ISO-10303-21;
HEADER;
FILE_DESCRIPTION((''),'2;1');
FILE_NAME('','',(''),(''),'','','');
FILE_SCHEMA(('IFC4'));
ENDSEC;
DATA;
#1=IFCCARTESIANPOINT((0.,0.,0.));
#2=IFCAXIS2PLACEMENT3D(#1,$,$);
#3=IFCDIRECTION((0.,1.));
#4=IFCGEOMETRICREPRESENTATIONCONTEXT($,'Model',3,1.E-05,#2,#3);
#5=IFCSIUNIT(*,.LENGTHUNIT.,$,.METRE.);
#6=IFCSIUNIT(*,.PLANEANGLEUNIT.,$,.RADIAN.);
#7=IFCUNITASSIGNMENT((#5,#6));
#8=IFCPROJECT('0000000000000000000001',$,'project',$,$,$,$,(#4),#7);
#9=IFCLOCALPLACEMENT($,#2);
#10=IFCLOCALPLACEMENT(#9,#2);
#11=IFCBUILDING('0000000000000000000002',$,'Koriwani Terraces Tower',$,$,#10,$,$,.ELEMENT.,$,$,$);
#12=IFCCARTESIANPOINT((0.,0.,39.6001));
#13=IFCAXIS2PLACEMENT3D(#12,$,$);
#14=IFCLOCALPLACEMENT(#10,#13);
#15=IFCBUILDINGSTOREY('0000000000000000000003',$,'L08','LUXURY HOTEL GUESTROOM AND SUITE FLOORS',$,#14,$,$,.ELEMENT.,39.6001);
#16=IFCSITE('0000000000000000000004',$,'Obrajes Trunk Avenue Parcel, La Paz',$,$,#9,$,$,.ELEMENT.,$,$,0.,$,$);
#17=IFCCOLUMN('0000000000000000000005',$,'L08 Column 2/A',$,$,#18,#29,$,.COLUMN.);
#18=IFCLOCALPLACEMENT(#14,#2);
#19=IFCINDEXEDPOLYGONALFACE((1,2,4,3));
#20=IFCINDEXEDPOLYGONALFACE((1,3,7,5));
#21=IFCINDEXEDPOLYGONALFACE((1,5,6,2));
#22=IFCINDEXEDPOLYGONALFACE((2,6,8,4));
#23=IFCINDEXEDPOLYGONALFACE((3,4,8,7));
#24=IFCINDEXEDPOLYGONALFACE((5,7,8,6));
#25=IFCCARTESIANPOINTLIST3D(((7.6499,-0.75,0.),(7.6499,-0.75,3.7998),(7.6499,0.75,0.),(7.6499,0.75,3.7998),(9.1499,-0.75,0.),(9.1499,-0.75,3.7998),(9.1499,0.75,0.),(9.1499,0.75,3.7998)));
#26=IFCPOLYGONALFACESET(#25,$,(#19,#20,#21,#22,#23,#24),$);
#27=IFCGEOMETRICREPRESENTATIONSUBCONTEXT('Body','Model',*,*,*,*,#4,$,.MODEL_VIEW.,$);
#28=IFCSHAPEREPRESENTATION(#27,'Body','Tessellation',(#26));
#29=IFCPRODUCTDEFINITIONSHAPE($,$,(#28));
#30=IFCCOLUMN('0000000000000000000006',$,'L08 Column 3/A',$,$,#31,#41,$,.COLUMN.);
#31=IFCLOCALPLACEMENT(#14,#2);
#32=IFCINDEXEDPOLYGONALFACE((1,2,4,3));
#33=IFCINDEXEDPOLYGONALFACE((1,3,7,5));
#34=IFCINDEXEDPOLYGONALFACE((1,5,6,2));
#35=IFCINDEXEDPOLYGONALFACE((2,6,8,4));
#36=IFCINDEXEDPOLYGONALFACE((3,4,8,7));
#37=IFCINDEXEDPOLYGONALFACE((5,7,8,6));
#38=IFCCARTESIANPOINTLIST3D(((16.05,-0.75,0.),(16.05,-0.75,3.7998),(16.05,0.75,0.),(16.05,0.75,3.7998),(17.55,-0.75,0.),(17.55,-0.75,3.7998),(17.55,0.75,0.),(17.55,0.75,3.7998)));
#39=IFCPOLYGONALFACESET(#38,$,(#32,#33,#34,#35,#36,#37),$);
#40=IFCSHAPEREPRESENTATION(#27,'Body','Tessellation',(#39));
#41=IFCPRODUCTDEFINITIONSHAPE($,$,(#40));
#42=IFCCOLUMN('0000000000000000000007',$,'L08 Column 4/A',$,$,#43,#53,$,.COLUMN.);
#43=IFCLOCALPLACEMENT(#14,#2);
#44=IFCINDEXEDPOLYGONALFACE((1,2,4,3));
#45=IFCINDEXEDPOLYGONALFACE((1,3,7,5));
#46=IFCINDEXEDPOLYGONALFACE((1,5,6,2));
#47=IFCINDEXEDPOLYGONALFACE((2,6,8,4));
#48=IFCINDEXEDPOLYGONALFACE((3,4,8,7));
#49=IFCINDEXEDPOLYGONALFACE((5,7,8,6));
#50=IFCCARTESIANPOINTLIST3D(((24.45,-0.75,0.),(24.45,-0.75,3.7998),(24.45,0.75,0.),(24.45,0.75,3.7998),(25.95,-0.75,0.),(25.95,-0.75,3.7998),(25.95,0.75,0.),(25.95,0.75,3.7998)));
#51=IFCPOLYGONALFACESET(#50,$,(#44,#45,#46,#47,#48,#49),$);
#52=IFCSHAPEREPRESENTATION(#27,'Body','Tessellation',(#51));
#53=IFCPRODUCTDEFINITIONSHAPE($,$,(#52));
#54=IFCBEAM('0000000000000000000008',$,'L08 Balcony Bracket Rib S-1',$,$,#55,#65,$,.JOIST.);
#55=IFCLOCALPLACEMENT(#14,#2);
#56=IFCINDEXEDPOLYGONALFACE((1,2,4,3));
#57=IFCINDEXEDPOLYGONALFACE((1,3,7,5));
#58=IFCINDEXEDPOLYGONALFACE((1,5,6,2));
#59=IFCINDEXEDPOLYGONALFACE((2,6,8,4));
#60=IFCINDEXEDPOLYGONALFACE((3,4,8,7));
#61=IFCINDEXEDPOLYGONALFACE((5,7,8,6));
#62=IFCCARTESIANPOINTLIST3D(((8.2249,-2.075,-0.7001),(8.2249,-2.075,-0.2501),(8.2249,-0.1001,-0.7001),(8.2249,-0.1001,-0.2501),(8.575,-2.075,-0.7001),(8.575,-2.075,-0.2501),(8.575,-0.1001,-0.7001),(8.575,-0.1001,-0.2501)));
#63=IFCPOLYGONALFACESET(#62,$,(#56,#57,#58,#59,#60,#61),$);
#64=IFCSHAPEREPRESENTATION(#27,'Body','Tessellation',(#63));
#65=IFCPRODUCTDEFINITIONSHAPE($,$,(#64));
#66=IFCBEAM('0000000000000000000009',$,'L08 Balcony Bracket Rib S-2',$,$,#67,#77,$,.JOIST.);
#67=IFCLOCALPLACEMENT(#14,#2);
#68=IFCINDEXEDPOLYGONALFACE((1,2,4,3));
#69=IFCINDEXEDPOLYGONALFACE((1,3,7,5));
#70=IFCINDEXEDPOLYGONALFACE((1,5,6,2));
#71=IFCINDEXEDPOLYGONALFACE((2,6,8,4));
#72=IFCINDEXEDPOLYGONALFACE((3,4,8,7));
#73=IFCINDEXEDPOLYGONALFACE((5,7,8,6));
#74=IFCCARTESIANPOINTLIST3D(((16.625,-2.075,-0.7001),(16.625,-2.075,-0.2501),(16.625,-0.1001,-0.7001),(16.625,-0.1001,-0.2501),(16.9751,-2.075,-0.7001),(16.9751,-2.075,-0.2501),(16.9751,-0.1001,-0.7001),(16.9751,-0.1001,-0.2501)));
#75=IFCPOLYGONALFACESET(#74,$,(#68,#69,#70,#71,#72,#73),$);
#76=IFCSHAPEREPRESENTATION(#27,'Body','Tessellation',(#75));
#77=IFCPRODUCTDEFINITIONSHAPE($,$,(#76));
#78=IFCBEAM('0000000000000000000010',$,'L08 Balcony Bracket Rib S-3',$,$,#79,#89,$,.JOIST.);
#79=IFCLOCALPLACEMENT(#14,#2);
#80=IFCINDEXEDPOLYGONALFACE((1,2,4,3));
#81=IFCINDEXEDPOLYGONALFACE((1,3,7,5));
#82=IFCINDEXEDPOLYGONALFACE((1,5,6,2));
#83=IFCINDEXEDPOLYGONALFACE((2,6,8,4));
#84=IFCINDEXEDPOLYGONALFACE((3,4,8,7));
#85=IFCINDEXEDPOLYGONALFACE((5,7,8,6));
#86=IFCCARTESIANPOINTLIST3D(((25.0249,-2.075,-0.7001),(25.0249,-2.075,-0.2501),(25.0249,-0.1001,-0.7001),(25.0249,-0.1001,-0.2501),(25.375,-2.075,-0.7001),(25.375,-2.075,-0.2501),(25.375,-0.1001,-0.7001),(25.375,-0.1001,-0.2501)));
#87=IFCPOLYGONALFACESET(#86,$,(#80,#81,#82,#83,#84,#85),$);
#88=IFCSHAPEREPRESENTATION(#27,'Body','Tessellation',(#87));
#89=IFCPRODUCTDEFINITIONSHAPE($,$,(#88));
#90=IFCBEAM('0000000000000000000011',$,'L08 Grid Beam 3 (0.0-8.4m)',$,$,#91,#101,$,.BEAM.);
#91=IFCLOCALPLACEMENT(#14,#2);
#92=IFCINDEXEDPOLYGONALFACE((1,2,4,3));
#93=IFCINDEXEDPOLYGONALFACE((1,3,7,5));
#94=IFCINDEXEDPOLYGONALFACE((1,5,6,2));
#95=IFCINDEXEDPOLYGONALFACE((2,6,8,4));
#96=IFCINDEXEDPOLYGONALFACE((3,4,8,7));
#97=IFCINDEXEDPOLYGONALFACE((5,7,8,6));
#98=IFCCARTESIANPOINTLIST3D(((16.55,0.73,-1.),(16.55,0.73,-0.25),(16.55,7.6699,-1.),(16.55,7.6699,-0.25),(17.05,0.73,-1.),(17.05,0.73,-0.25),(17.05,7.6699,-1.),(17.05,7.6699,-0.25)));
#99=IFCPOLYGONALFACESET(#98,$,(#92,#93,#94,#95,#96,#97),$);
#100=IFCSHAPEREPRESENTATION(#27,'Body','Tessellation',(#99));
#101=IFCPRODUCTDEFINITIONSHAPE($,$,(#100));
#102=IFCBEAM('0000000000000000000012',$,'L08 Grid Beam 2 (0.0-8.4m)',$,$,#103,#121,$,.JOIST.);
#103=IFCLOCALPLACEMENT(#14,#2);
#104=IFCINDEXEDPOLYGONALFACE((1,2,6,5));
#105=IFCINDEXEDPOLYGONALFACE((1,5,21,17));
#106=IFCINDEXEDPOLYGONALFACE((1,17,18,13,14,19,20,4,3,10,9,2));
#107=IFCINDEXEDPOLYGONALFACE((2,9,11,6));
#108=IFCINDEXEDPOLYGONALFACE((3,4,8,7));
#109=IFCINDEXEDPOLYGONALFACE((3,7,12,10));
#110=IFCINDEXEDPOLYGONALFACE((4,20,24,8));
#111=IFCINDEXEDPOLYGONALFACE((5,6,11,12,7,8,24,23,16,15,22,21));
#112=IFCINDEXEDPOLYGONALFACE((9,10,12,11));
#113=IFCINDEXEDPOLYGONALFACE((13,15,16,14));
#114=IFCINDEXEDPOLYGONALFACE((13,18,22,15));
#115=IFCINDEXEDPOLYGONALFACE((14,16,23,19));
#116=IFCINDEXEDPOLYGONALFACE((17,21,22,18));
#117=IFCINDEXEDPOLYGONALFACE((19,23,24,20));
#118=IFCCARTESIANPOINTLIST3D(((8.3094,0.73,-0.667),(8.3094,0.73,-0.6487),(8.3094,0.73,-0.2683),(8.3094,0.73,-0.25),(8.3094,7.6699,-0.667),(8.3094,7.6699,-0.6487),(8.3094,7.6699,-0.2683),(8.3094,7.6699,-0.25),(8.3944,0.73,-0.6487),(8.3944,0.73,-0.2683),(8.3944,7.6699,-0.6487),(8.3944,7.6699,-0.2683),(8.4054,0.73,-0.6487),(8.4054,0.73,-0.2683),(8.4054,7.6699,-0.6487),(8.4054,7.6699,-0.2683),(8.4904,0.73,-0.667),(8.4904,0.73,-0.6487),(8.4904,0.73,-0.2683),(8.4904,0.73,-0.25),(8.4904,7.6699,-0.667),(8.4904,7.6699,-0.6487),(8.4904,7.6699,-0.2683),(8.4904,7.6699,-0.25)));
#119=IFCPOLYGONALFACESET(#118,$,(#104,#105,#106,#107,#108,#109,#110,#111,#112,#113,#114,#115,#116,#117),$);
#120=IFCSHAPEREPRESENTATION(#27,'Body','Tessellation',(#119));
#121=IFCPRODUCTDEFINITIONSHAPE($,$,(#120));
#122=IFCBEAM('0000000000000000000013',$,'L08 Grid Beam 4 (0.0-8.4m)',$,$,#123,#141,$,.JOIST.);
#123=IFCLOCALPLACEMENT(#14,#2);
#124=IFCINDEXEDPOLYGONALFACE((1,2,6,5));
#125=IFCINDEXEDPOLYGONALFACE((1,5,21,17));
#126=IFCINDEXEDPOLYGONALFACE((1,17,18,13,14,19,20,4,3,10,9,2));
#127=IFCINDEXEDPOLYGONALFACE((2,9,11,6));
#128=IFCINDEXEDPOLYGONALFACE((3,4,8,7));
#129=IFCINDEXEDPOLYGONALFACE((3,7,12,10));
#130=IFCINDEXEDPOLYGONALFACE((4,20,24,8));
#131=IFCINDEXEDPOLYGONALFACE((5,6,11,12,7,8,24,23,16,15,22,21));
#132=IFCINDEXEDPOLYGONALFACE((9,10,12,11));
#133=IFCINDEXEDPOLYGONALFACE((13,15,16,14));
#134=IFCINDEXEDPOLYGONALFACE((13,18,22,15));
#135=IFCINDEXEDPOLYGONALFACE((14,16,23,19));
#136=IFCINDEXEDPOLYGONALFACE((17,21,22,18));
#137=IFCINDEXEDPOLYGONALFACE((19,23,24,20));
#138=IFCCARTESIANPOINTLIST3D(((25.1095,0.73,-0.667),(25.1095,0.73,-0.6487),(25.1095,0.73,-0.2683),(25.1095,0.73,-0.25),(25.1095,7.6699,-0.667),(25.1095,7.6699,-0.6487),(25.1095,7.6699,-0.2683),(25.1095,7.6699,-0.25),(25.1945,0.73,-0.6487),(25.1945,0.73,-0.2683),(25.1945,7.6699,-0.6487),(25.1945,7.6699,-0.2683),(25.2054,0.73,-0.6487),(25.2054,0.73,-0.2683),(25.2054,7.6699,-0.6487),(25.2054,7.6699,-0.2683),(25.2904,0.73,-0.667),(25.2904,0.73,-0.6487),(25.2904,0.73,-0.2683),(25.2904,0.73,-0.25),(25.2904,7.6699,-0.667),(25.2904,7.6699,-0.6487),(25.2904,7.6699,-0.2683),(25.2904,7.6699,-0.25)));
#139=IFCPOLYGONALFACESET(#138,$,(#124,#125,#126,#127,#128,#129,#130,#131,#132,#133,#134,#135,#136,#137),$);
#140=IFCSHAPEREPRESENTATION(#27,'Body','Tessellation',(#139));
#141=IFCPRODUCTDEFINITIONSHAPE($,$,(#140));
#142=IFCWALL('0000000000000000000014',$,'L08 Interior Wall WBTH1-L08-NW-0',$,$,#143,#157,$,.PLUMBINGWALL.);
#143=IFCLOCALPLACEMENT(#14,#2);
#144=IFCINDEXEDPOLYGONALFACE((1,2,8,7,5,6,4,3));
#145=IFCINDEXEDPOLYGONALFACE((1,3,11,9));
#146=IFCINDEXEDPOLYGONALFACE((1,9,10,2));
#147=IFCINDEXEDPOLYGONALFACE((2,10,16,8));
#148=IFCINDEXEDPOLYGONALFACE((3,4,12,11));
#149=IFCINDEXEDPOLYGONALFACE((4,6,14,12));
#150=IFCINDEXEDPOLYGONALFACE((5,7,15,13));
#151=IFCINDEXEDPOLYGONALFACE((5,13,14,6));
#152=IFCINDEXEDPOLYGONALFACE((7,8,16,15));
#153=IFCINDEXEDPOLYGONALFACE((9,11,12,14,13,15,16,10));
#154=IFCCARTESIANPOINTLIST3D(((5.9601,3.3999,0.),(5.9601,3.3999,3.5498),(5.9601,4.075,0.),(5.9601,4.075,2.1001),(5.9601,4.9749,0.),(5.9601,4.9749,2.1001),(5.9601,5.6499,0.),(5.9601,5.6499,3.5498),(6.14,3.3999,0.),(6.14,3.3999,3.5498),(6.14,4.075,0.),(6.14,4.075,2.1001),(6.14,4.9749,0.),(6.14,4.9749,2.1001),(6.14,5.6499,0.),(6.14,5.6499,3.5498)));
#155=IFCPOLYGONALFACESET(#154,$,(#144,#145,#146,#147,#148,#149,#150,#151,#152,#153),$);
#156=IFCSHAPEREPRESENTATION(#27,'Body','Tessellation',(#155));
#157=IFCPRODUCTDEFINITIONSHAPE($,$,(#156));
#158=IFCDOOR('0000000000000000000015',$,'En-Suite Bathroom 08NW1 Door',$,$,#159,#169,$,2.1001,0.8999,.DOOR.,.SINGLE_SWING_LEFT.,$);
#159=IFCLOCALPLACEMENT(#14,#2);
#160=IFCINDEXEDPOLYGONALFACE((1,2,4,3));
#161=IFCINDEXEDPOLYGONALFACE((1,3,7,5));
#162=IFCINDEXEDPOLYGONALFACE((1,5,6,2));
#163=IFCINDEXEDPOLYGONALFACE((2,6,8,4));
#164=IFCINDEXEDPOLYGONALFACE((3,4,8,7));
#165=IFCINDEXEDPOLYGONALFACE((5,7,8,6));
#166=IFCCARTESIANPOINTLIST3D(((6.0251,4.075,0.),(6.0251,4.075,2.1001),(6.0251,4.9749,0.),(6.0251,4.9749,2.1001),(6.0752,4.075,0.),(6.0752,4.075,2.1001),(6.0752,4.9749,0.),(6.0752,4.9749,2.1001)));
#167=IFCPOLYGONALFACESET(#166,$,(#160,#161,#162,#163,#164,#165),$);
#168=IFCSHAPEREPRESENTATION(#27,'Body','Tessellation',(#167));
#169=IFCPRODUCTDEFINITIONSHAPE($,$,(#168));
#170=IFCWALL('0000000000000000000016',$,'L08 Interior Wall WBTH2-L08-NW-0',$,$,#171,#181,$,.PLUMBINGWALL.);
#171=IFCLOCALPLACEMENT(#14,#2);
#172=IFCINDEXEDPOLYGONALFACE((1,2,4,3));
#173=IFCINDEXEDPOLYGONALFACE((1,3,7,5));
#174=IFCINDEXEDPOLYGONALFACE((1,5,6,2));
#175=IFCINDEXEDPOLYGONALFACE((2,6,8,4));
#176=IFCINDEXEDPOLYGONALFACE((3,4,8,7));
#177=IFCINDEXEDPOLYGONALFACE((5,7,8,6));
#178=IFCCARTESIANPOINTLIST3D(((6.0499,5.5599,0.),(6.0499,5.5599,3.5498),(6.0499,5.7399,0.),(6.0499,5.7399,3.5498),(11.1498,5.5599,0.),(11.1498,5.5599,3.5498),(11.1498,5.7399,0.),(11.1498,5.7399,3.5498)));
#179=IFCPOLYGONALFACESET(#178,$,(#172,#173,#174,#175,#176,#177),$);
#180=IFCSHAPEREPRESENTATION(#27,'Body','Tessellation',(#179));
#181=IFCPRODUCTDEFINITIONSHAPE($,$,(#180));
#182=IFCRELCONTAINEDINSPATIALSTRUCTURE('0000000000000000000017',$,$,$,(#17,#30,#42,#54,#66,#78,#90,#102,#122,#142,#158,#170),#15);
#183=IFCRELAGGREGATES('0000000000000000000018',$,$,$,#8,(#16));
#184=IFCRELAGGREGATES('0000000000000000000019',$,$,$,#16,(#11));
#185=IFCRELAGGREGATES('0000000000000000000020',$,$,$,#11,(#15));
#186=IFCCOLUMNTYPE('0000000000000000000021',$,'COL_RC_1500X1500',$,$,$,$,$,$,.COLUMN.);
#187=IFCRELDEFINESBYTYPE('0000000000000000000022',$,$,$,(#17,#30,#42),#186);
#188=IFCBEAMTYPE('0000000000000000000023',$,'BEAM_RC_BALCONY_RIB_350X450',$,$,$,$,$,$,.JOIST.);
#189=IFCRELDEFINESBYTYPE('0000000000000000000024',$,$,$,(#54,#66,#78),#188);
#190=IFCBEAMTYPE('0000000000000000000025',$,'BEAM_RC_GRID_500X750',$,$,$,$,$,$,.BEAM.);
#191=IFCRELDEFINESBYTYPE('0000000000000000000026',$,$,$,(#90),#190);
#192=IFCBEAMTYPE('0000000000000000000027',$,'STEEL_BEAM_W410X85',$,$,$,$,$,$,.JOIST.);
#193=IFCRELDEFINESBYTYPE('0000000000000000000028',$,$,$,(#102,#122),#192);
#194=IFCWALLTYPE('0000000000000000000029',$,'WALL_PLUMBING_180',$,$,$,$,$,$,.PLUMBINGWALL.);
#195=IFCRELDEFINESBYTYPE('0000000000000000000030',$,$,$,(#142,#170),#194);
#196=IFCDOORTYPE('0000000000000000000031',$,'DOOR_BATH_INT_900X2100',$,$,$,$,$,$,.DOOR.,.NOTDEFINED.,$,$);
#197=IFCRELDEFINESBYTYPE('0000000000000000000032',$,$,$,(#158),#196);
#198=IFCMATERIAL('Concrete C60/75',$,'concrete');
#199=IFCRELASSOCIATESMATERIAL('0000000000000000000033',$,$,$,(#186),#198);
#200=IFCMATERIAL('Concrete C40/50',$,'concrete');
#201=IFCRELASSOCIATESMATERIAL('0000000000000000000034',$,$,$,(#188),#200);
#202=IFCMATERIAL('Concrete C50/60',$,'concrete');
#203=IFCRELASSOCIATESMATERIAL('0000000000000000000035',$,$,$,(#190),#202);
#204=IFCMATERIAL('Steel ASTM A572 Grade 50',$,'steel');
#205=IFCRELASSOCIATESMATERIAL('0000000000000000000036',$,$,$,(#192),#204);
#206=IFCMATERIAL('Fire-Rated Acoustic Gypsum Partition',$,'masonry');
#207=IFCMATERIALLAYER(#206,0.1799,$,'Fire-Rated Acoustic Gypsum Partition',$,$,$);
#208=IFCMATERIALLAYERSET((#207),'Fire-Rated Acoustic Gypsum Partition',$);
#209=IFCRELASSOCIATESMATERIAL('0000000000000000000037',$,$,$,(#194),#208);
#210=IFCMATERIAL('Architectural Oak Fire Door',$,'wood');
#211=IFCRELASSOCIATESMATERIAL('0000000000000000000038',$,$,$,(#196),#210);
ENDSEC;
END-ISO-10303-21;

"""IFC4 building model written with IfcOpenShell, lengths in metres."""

from ifc_helpers import new_model, si_unit, direction, frame, frame_2d, origin, origin_2d, place, context, subcontext, project, spatial, rectangle, i_section, extrude, material, layer, layer_set, material_profile, profile_set, type_object, element, fill, save


model = new_model("IFC4")

# Units and contexts
model_context = context("Model", 3, precision=1e-05, world=origin(), true_north=direction((0.0, 1.0)))
body_context = subcontext(model_context, "Body", "Model", "MODEL_VIEW")
ifc_project = project(units=[si_unit("LENGTHUNIT", "METRE"), si_unit("PLANEANGLEUNIT", "RADIAN")], contexts=[model_context])

# Site, building, storey
site_placement = place(None, origin())
site = spatial("IfcSite", under=ifc_project, at=site_placement, Name="Obrajes Trunk Avenue Parcel, La Paz", CompositionType="ELEMENT", RefElevation=0.0)
building_placement = place(site_placement, origin())
building = spatial("IfcBuilding", under=site, at=building_placement, Name="Koriwani Terraces Tower", CompositionType="ELEMENT")
storey_placement = place(building_placement, frame((0.0, 0.0, 39.6001)))
storey = spatial("IfcBuildingStorey", under=building, at=storey_placement, Name="L08", Description="LUXURY HOTEL GUESTROOM AND SUITE FLOORS", CompositionType="ELEMENT", Elevation=39.6001)

# Columns
ifc_material_1 = material(Name="Concrete C60/75", Category="concrete")
ifc_material_profile_1 = material_profile(ifc_material_1, rectangle(XDim=1.5, YDim=1.5, at=origin_2d()), Name="Concrete C60/75", Category="LoadBearing")
ifc_profile_set_1 = profile_set([ifc_material_profile_1], Name="Concrete C60/75")
column_type = type_object("IfcColumnType", Name="COL_RC_1500X1500", PredefinedType="COLUMN", material=ifc_profile_set_1)
for number, where, z_axis, x_axis, name in (
    (1, (8.3999, 0.0, 0.0), (0.0, 0.0, 1.0), (1.0, 0.0, 0.0), "L08 Column 2/A"),
    (2, (16.8, 0.0, 0.0), (0.0, 0.0, 1.0), (1.0, 0.0, 0.0), "L08 Column 3/A"),
    (3, (25.2, 0.0, 0.0), (0.0, 0.0, 1.0), (1.0, 0.0, 0.0), "L08 Column 4/A"),
):
    element("IfcColumn", number, at=place(storey_placement, frame(where, z_axis=z_axis, x_axis=x_axis)), inside=storey, type_object=column_type, Name=name, PredefinedType="COLUMN", context=body_context, shape_type="SweptSolid", body=[
        extrude(rectangle(XDim=1.5, YDim=1.5, at=origin_2d()), origin(), (0.0, 0.0, 1.0), 3.7998),
    ])

# Beams
ifc_material_2 = material(Name="Concrete C40/50", Category="concrete")
ifc_material_profile_2 = material_profile(ifc_material_2, rectangle(XDim=0.3501, YDim=0.45, at=origin_2d()), Name="Concrete C40/50", Category="LoadBearing")
ifc_profile_set_2 = profile_set([ifc_material_profile_2], Name="Concrete C40/50")
beam_type_1 = type_object("IfcBeamType", Name="BEAM_RC_BALCONY_RIB_350X450", PredefinedType="JOIST", material=ifc_profile_set_2)
for number, where, z_axis, x_axis, name in (
    (4, (8.3999, -2.075, -0.4751), (0.0, 1.0, 0.0), (-1.0, 0.0, 0.0), "L08 Balcony Bracket Rib S-1"),
    (5, (16.8, -2.075, -0.4751), (0.0, 1.0, 0.0), (-1.0, 0.0, 0.0), "L08 Balcony Bracket Rib S-2"),
    (6, (25.2, -2.075, -0.4751), (0.0, 1.0, 0.0), (-1.0, 0.0, 0.0), "L08 Balcony Bracket Rib S-3"),
):
    element("IfcBeam", number, at=place(storey_placement, frame(where, z_axis=z_axis, x_axis=x_axis)), inside=storey, type_object=beam_type_1, Name=name, PredefinedType="JOIST", context=body_context, shape_type="SweptSolid", body=[
        extrude(rectangle(XDim=0.3501, YDim=0.45, at=origin_2d()), origin(), (0.0, 0.0, 1.0), 1.9749),
    ])
ifc_material_3 = material(Name="Concrete C50/60", Category="concrete")
ifc_material_profile_3 = material_profile(ifc_material_3, rectangle(XDim=0.5, YDim=0.75, at=origin_2d()), Name="Concrete C50/60", Category="LoadBearing")
ifc_profile_set_3 = profile_set([ifc_material_profile_3], Name="Concrete C50/60")
beam_type_2 = type_object("IfcBeamType", Name="BEAM_RC_GRID_500X750", PredefinedType="BEAM", material=ifc_profile_set_3)
beam_placement = place(storey_placement, frame((16.8, 0.73, -0.625), z_axis=(0.0, 1.0, 0.0), x_axis=(-1.0, 0.0, 0.0)))
element("IfcBeam", 7, at=beam_placement, inside=storey, type_object=beam_type_2, Name="L08 Grid Beam 3 (0.0-8.4m)", PredefinedType="BEAM", context=body_context, shape_type="SweptSolid", body=[
    extrude(rectangle(XDim=0.5, YDim=0.75, at=origin_2d()), origin(), (0.0, 0.0, 1.0), 6.9399),
])
ifc_material_4 = material(Name="Steel ASTM A572 Grade 50", Category="steel")
ifc_material_profile_4 = material_profile(ifc_material_4, i_section(OverallWidth=0.1809, OverallDepth=0.417, WebThickness=0.011, FlangeThickness=0.0183, at=origin_2d()), Name="Steel ASTM A572 Grade 50", Category="LoadBearing")
ifc_profile_set_4 = profile_set([ifc_material_profile_4], Name="Steel ASTM A572 Grade 50")
beam_type_3 = type_object("IfcBeamType", Name="STEEL_BEAM_W410X85", PredefinedType="JOIST", material=ifc_profile_set_4)
for number, where, z_axis, x_axis, name in (
    (8, (8.3999, 0.73, -0.4585), (0.0, 1.0, 0.0), (-1.0, 0.0, 0.0), "L08 Grid Beam 2 (0.0-8.4m)"),
    (9, (25.2, 0.73, -0.4585), (0.0, 1.0, 0.0), (-1.0, 0.0, 0.0), "L08 Grid Beam 4 (0.0-8.4m)"),
):
    element("IfcBeam", number, at=place(storey_placement, frame(where, z_axis=z_axis, x_axis=x_axis)), inside=storey, type_object=beam_type_3, Name=name, PredefinedType="JOIST", context=body_context, shape_type="SweptSolid", body=[
        extrude(i_section(OverallWidth=0.1809, OverallDepth=0.417, WebThickness=0.011, FlangeThickness=0.0183, at=origin_2d()), origin(), (0.0, 0.0, 1.0), 6.9399),
    ])

# Shared definitions
ifc_material_5 = material(Name="Architectural Oak Fire Door", Category="wood")

# Wall, opening, door
ifc_material_6 = material(Name="Fire-Rated Acoustic Gypsum Partition", Category="masonry")
ifc_layer_1 = layer(ifc_material_6, 0.1799, Name="Fire-Rated Acoustic Gypsum Partition")
ifc_layer_set_1 = layer_set([ifc_layer_1], Name="Fire-Rated Acoustic Gypsum Partition")
wall_type_1 = type_object("IfcWallType", Name="WALL_PLUMBING_180", PredefinedType="PLUMBINGWALL", material=ifc_layer_set_1)
wall_1_placement = place(storey_placement, frame((6.05, 3.3999, 0.0), z_axis=(0.0, 0.0, 1.0), x_axis=(0.0, 1.0, 0.0)))
wall_1 = element("IfcWall", 10, at=wall_1_placement, inside=storey, type_object=wall_type_1, Name="L08 Interior Wall WBTH1-L08-NW-0", PredefinedType="PLUMBINGWALL", context=body_context, shape_type="SweptSolid", body=[
    extrude(rectangle(XDim=2.25, YDim=0.1799, at=frame_2d((1.125, 0.0))), origin(), (0.0, 0.0, 1.0), 3.5498),
])
opening_1_placement = place(wall_1_placement, frame((0.675, 0.0, 0.0)))
opening_1 = element("IfcOpeningElement", 11, at=opening_1_placement, cuts=wall_1, PredefinedType="OPENING", context=body_context, shape_type="SweptSolid", body=[
    extrude(rectangle(XDim=0.8999, YDim=2.1001, at=frame_2d((0.45, 1.05))), frame((0.0, 0.1001, 0.0), z_axis=(0.0, -1.0, 0.0), x_axis=(1.0, 0.0, 0.0)), (0.0, 0.0, 1.0), 0.2),
])
door_type_1 = type_object("IfcDoorType", Name="DOOR_BATH_INT_900X2100", OperationType="NOTDEFINED", PredefinedType="DOOR", material=ifc_material_5)
door_1_placement = place(opening_1_placement, origin())
door_1 = element("IfcDoor", 12, at=door_1_placement, inside=storey, type_object=door_type_1, Name="En-Suite Bathroom 08NW1 Door", OperationType="SINGLE_SWING_LEFT", OverallHeight=2.1001, OverallWidth=0.8999, PredefinedType="DOOR", context=body_context, shape_type="SweptSolid", body=[
    extrude(rectangle(XDim=0.8999, YDim=2.1001, at=frame_2d((0.45, 1.05))), frame((0.0, 0.0249, 0.0), z_axis=(0.0, -1.0, 0.0), x_axis=(1.0, 0.0, 0.0)), (0.0, 0.0, 1.0), 0.05),
])
fill(opening_1, door_1)

# Wall
wall_2_placement = place(storey_placement, frame((6.05, 5.6499, 0.0), z_axis=(0.0, 0.0, 1.0), x_axis=(1.0, 0.0, 0.0)))
element("IfcWall", 13, at=wall_2_placement, inside=storey, type_object=wall_type_1, Name="L08 Interior Wall WBTH2-L08-NW-0", PredefinedType="PLUMBINGWALL", context=body_context, shape_type="SweptSolid", body=[
    extrude(rectangle(XDim=5.0999, YDim=0.1799, at=frame_2d((2.5498, 0.0))), origin(), (0.0, 0.0, 1.0), 3.5498),
])

save(model, "model.ifc")
